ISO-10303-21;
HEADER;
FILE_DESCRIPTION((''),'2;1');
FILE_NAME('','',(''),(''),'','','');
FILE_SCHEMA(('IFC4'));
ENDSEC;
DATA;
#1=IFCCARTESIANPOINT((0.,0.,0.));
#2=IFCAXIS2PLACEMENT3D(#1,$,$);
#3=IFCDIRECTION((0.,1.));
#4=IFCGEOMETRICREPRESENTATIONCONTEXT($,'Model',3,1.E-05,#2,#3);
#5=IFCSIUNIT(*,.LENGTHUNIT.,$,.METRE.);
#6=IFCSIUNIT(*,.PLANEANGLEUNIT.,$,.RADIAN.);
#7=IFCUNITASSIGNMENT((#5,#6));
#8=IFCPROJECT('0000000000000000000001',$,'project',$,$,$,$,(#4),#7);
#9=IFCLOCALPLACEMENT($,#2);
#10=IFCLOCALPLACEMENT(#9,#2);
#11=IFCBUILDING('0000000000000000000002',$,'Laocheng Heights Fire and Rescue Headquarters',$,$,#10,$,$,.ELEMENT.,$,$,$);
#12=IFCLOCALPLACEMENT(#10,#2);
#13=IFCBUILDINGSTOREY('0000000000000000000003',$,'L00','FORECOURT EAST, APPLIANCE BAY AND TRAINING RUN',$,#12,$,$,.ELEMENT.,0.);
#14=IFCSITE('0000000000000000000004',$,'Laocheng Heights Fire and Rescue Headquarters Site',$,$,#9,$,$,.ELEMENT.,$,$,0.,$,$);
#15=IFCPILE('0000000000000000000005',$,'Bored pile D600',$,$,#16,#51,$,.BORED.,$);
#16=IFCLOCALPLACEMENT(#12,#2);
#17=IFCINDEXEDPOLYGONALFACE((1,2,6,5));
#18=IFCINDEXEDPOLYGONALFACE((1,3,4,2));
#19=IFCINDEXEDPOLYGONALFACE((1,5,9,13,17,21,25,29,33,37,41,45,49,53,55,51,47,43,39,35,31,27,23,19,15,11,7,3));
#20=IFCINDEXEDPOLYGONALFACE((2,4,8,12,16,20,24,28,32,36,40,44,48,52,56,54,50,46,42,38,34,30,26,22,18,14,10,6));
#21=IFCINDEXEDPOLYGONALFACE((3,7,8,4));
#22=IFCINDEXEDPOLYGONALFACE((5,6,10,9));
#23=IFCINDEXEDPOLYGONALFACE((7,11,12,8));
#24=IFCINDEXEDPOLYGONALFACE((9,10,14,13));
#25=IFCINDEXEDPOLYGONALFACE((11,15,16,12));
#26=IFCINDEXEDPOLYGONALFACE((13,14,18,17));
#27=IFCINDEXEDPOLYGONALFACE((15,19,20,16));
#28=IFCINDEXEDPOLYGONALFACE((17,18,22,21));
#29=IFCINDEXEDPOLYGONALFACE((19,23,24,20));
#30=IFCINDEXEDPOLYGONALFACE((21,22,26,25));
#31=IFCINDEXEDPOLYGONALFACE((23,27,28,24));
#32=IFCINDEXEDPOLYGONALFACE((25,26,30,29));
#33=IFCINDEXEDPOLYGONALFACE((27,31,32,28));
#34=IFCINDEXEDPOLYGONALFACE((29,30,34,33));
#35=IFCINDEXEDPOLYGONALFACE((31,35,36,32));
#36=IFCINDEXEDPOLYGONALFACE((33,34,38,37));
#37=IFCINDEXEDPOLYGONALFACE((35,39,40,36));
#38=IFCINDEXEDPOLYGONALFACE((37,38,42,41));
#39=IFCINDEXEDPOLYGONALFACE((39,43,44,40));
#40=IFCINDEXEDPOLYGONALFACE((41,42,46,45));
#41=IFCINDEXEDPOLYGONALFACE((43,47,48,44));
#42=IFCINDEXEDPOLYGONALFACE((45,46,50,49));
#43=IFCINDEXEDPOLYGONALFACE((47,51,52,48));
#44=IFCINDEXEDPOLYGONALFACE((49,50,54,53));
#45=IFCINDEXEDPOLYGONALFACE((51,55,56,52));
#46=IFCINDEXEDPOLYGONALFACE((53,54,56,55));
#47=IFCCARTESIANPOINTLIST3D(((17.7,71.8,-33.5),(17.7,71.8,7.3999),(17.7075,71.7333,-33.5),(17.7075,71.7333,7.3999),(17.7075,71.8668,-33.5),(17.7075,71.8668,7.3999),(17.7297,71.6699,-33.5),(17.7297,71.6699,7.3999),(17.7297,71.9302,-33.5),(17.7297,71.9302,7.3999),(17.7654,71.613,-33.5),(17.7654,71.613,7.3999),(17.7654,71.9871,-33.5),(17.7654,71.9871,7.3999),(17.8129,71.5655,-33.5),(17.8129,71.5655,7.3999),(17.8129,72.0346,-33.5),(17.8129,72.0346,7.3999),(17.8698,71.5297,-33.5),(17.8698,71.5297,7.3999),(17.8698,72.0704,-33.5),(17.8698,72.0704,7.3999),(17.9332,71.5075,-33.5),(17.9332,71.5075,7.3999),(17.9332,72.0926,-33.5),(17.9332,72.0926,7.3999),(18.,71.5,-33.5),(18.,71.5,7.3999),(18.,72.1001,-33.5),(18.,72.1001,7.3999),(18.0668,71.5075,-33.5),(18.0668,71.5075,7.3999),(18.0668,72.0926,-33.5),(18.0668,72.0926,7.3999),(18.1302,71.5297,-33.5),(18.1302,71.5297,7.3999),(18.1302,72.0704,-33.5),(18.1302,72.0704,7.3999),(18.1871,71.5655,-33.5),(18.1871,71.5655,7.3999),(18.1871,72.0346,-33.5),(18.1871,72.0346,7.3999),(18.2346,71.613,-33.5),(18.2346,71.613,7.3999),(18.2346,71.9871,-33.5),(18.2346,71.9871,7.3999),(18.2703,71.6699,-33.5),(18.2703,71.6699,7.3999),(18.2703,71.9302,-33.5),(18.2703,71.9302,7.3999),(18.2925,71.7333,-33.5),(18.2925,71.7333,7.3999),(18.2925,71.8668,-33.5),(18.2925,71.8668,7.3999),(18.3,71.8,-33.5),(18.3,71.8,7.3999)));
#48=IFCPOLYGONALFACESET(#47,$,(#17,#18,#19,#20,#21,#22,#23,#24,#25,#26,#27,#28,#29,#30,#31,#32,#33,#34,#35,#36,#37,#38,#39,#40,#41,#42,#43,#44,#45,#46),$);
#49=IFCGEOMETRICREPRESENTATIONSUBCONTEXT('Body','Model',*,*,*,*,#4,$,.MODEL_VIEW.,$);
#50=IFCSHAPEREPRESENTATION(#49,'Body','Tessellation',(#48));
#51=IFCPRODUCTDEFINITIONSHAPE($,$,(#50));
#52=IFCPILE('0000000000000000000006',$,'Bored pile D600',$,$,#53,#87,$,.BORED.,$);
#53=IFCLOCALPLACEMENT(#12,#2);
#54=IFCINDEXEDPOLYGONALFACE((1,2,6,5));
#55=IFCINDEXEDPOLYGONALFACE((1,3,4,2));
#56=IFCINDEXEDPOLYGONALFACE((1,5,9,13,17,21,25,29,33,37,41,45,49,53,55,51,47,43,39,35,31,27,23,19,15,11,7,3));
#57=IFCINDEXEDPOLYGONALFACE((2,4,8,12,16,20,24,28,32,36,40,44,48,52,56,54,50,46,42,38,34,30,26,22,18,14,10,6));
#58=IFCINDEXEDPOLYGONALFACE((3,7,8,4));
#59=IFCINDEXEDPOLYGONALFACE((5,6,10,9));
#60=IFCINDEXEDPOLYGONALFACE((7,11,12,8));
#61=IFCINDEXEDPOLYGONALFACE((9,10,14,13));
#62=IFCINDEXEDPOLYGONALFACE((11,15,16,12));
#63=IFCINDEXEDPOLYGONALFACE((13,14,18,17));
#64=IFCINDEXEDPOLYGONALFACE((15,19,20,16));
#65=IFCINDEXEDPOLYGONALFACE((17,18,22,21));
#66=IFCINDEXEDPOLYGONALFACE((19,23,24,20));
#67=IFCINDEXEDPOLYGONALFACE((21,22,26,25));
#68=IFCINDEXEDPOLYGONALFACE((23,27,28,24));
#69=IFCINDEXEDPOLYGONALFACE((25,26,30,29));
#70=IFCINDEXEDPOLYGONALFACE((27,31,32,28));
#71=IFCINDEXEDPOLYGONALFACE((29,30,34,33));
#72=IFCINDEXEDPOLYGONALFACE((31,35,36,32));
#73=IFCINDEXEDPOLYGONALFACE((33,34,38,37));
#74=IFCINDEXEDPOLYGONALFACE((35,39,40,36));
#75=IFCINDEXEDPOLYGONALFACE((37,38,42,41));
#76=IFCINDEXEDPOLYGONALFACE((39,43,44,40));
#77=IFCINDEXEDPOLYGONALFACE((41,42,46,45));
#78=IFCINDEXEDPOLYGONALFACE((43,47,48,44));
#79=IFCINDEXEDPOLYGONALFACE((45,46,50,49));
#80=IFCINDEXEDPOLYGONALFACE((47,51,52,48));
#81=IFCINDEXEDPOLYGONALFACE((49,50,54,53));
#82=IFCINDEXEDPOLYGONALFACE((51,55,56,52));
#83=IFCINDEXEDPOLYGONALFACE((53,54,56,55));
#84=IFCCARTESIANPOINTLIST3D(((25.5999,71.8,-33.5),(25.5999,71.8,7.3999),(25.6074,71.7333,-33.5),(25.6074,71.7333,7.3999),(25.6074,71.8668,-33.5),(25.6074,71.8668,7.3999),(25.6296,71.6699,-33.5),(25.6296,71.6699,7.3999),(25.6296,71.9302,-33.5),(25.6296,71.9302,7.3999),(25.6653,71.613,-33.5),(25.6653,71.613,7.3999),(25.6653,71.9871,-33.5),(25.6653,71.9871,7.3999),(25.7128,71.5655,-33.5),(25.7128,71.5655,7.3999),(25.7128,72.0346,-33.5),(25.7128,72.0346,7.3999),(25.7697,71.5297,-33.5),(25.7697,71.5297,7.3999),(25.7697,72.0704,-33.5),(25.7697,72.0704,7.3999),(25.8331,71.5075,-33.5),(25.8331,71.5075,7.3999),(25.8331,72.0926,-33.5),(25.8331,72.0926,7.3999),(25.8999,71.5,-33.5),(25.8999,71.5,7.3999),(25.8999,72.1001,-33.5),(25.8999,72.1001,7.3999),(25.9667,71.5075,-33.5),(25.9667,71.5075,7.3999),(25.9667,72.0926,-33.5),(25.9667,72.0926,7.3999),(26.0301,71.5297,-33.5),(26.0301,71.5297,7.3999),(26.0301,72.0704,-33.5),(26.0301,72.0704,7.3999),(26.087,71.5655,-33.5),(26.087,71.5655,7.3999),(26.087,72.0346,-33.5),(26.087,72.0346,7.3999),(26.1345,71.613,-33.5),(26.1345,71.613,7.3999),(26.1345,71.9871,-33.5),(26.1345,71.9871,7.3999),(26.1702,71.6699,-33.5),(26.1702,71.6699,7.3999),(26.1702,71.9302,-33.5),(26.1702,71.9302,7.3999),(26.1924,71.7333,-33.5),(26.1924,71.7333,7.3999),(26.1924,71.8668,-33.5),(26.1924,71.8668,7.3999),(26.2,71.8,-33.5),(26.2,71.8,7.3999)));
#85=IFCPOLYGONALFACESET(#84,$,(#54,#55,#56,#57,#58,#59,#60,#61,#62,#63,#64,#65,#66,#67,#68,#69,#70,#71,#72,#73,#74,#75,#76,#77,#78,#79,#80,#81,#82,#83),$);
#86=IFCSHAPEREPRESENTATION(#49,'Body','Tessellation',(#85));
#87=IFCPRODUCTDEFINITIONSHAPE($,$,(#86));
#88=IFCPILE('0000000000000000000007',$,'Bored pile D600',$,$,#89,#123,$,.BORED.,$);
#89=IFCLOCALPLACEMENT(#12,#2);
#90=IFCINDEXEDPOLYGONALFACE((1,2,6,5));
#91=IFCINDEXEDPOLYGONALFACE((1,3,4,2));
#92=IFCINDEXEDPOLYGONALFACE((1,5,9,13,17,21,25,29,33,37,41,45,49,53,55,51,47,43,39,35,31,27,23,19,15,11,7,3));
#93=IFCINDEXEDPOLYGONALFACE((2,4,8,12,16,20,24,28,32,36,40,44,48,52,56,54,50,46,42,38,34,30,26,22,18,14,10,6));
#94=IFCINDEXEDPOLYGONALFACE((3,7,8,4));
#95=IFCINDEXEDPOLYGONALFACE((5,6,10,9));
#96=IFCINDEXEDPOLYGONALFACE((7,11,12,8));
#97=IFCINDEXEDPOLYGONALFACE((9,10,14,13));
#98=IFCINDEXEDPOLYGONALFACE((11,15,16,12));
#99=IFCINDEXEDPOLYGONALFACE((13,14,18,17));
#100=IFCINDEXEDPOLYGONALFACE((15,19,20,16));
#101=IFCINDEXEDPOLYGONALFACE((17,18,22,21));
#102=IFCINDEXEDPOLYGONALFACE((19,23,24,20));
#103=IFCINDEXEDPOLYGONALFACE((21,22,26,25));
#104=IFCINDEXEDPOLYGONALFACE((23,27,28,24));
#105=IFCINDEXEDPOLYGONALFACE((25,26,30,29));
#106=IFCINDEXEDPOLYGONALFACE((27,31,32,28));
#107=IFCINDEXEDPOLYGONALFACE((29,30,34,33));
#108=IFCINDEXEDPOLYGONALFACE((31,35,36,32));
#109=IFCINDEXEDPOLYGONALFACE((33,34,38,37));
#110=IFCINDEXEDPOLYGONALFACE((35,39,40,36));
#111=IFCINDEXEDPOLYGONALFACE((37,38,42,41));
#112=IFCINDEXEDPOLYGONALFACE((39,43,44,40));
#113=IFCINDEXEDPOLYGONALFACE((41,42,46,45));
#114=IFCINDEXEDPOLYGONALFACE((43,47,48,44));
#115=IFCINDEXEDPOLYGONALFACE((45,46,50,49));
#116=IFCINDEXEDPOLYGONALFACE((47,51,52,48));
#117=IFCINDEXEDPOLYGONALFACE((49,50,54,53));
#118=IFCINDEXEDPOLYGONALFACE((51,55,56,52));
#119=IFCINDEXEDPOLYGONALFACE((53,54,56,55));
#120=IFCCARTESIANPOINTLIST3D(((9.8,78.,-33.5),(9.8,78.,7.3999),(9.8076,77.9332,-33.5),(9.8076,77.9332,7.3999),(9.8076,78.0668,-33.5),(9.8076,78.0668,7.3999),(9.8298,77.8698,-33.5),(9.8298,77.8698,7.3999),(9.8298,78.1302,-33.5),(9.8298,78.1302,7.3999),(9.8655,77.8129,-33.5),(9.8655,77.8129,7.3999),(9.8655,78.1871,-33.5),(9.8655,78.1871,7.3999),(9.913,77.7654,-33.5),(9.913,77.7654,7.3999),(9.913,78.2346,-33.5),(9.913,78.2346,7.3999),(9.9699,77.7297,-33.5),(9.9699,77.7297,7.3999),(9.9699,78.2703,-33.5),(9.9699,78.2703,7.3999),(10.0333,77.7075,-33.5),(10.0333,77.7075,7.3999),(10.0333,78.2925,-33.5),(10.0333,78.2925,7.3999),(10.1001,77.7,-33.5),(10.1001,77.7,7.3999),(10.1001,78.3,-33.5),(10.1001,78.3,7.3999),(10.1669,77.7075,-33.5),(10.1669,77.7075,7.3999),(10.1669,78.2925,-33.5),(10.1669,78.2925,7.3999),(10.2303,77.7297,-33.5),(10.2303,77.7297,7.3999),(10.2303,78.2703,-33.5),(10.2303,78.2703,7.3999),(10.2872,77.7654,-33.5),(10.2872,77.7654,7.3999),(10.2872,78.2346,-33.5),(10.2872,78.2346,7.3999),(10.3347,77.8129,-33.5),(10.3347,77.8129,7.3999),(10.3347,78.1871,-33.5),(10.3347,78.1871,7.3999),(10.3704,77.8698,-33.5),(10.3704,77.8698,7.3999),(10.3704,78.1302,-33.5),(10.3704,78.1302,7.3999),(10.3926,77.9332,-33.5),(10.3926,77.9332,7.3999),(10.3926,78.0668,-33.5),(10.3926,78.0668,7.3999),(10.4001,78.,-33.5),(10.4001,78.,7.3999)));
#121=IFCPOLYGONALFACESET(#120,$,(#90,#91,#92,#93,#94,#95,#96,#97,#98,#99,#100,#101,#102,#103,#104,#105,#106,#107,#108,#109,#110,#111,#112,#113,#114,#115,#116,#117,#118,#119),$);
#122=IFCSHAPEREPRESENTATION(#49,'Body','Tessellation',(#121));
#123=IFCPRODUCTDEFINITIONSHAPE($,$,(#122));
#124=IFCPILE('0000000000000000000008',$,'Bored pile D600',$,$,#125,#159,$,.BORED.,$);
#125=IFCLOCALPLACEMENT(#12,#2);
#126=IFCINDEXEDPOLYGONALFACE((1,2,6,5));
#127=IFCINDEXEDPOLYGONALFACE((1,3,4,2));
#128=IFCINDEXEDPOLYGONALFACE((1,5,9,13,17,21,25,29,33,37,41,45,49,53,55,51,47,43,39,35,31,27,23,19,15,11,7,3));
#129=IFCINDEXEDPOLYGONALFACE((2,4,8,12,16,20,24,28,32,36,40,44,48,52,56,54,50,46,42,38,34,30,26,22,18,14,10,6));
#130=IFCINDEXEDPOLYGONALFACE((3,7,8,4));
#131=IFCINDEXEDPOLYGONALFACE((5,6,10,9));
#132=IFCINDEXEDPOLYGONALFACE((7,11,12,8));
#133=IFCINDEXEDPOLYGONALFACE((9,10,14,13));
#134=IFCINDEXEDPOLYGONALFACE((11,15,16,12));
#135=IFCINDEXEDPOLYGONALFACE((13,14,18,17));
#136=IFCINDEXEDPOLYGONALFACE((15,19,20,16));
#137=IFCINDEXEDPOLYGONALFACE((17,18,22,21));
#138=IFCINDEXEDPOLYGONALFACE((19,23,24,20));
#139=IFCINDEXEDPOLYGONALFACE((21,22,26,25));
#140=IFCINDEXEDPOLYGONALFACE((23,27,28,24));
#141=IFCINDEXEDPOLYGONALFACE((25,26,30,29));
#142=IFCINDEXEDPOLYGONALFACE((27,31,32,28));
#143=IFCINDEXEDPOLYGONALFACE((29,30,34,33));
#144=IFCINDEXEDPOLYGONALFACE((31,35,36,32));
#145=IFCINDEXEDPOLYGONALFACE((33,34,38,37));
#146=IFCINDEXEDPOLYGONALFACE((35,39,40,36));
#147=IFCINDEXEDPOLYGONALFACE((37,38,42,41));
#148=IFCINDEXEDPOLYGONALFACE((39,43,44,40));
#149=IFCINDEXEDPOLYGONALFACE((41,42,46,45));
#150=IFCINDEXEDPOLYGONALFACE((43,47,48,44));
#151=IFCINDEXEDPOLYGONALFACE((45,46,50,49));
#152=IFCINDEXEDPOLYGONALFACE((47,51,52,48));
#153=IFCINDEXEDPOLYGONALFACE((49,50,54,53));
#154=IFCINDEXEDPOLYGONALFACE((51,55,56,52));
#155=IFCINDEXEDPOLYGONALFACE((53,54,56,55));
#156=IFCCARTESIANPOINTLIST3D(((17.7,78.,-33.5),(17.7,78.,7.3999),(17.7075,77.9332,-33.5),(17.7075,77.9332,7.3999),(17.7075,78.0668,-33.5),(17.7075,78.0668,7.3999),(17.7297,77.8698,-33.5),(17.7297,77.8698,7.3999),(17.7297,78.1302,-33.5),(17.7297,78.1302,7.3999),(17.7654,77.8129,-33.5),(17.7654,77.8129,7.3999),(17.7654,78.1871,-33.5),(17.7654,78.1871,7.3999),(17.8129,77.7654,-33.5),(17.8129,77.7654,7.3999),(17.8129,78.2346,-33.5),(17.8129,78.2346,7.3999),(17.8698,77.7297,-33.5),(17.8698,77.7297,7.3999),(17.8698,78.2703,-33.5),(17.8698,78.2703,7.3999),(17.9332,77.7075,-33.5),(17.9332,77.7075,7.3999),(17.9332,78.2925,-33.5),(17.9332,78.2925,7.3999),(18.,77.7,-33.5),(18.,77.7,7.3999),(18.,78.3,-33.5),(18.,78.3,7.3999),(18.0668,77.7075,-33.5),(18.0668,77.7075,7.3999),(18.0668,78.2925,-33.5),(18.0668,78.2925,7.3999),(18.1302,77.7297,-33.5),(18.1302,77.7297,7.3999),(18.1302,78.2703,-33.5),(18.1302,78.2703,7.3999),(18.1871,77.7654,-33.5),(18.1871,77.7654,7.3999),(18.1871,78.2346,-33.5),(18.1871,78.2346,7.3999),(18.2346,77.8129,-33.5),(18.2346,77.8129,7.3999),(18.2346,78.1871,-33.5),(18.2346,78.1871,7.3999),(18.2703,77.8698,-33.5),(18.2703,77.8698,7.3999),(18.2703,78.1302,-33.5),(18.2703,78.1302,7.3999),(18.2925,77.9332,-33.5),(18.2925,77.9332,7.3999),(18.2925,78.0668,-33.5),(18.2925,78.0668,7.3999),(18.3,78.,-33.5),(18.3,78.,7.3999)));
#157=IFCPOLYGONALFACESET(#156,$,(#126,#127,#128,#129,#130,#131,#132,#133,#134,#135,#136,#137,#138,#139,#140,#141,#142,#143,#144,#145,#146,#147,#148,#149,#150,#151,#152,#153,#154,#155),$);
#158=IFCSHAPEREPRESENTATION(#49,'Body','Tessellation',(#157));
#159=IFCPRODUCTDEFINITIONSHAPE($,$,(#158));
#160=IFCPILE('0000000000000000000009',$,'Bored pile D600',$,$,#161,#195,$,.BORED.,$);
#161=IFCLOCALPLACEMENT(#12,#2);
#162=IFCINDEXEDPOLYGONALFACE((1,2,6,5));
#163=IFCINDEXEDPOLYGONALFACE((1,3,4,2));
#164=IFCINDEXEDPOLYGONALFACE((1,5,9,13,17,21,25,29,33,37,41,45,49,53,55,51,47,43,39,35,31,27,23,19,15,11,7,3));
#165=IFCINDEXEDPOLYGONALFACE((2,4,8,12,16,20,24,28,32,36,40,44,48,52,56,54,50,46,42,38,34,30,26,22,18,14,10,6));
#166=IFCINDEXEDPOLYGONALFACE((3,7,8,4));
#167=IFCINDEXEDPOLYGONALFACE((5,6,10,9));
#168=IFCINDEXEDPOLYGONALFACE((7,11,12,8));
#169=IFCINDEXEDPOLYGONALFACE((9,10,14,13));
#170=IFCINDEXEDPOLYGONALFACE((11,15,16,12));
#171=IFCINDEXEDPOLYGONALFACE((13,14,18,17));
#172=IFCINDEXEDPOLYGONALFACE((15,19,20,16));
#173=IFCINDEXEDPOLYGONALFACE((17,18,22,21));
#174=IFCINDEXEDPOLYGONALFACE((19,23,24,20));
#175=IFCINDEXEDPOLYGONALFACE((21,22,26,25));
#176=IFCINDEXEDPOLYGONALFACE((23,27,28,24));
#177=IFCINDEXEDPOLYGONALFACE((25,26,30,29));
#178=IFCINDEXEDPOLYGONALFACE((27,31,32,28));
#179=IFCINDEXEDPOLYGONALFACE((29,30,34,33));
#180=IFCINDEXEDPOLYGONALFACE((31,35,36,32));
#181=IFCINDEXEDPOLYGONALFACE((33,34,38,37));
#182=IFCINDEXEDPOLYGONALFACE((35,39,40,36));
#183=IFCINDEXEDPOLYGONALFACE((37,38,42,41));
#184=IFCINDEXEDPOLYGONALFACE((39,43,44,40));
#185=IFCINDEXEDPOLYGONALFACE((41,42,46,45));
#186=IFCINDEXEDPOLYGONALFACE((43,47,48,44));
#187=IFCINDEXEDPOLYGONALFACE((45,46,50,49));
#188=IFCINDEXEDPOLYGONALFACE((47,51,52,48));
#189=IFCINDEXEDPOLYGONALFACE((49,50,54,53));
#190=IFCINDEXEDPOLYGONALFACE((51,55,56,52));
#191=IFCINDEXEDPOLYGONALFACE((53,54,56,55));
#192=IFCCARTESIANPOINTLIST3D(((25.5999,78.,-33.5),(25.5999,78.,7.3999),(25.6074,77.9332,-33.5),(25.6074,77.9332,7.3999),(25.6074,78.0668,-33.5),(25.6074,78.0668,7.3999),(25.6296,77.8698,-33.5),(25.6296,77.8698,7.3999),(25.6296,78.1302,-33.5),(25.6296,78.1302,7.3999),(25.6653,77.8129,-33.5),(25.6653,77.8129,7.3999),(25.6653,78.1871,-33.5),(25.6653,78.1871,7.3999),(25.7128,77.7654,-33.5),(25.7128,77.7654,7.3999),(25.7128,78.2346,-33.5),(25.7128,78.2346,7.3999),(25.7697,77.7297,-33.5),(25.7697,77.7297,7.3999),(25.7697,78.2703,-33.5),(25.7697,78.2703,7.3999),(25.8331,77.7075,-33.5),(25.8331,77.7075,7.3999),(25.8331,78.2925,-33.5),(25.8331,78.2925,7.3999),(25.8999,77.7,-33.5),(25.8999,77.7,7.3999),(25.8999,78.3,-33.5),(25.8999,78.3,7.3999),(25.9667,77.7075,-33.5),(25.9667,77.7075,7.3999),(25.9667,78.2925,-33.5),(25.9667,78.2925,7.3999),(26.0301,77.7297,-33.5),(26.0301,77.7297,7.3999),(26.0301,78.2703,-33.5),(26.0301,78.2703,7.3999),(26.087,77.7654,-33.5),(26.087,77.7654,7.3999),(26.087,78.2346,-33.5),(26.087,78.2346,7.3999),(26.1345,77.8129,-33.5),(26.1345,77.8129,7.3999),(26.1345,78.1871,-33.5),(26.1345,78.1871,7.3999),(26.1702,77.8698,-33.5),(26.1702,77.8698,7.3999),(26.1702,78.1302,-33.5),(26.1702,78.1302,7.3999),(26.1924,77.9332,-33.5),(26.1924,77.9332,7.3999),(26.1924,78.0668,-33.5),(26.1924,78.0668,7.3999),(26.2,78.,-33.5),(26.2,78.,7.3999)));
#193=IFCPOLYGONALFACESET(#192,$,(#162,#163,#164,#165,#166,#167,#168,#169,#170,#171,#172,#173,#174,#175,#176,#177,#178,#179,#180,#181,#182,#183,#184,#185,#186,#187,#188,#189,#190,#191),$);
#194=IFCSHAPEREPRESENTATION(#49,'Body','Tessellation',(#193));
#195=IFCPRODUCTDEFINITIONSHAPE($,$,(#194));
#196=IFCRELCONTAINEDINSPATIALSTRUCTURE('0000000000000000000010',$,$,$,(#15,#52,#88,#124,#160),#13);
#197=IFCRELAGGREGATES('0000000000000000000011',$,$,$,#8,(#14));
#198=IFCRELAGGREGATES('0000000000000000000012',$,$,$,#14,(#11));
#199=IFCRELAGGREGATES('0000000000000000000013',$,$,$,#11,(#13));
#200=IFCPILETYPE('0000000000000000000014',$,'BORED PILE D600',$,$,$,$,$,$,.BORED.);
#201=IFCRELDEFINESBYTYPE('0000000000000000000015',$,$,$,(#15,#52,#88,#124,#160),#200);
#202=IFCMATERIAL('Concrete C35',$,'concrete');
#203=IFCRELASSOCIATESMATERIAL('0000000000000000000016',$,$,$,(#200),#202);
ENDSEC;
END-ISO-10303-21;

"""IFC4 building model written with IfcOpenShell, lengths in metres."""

from ifc_helpers import new_model, si_unit, direction, frame, origin, origin_2d, place, context, subcontext, project, spatial, circle, extrude, material, material_profile, profile_set, type_object, element, save


model = new_model("IFC4")

# Units and contexts
model_context = context("Model", 3, precision=1e-05, world=origin(), true_north=direction((0.0, 1.0)))
body_context = subcontext(model_context, "Body", "Model", "MODEL_VIEW")
ifc_project = project(units=[si_unit("LENGTHUNIT", "METRE"), si_unit("PLANEANGLEUNIT", "RADIAN")], contexts=[model_context])

# Site, building, storey
site_placement = place(None, origin())
site = spatial("IfcSite", under=ifc_project, at=site_placement, Name="Laocheng Heights Fire and Rescue Headquarters Site", CompositionType="ELEMENT", RefElevation=0.0)
building_placement = place(site_placement, origin())
building = spatial("IfcBuilding", under=site, at=building_placement, Name="Laocheng Heights Fire and Rescue Headquarters", CompositionType="ELEMENT")
storey_placement = place(building_placement, origin())
storey = spatial("IfcBuildingStorey", under=building, at=storey_placement, Name="L00", Description="FORECOURT EAST, APPLIANCE BAY AND TRAINING RUN", CompositionType="ELEMENT", Elevation=0.0)

# Piles
ifc_material_1 = material(Name="Concrete C35", Category="concrete")
ifc_material_profile_1 = material_profile(ifc_material_1, circle(Radius=0.3, at=origin_2d()), Name="BORED PILE D600")
ifc_profile_set_1 = profile_set([ifc_material_profile_1], Name="Concrete C35")
pile_type_1 = type_object("IfcPileType", Name="BORED PILE D600", PredefinedType="BORED", material=ifc_profile_set_1)
for number, where, z_axis, x_axis, name in (
    (1, (18.0, 71.8, 7.3999), (0.0, 0.0, -1.0), (1.0, 0.0, 0.0), "Bored pile D600"),
    (2, (25.8999, 71.8, 7.3999), (0.0, 0.0, -1.0), (1.0, 0.0, 0.0), "Bored pile D600"),
    (3, (10.1001, 78.0, 7.3999), (0.0, 0.0, -1.0), (1.0, 0.0, 0.0), "Bored pile D600"),
    (4, (18.0, 78.0, 7.3999), (0.0, 0.0, -1.0), (1.0, 0.0, 0.0), "Bored pile D600"),
    (5, (25.8999, 78.0, 7.3999), (0.0, 0.0, -1.0), (1.0, 0.0, 0.0), "Bored pile D600"),
):
    element("IfcPile", number, at=place(storey_placement, frame(where, z_axis=z_axis, x_axis=x_axis)), inside=storey, type_object=pile_type_1, Name=name, PredefinedType="BORED", context=body_context, shape_type="SweptSolid", body=[
        extrude(circle(Radius=0.3, at=origin_2d()), origin(), (0.0, 0.0, 1.0), 40.8999),
    ])

save(model, "model.ifc")
